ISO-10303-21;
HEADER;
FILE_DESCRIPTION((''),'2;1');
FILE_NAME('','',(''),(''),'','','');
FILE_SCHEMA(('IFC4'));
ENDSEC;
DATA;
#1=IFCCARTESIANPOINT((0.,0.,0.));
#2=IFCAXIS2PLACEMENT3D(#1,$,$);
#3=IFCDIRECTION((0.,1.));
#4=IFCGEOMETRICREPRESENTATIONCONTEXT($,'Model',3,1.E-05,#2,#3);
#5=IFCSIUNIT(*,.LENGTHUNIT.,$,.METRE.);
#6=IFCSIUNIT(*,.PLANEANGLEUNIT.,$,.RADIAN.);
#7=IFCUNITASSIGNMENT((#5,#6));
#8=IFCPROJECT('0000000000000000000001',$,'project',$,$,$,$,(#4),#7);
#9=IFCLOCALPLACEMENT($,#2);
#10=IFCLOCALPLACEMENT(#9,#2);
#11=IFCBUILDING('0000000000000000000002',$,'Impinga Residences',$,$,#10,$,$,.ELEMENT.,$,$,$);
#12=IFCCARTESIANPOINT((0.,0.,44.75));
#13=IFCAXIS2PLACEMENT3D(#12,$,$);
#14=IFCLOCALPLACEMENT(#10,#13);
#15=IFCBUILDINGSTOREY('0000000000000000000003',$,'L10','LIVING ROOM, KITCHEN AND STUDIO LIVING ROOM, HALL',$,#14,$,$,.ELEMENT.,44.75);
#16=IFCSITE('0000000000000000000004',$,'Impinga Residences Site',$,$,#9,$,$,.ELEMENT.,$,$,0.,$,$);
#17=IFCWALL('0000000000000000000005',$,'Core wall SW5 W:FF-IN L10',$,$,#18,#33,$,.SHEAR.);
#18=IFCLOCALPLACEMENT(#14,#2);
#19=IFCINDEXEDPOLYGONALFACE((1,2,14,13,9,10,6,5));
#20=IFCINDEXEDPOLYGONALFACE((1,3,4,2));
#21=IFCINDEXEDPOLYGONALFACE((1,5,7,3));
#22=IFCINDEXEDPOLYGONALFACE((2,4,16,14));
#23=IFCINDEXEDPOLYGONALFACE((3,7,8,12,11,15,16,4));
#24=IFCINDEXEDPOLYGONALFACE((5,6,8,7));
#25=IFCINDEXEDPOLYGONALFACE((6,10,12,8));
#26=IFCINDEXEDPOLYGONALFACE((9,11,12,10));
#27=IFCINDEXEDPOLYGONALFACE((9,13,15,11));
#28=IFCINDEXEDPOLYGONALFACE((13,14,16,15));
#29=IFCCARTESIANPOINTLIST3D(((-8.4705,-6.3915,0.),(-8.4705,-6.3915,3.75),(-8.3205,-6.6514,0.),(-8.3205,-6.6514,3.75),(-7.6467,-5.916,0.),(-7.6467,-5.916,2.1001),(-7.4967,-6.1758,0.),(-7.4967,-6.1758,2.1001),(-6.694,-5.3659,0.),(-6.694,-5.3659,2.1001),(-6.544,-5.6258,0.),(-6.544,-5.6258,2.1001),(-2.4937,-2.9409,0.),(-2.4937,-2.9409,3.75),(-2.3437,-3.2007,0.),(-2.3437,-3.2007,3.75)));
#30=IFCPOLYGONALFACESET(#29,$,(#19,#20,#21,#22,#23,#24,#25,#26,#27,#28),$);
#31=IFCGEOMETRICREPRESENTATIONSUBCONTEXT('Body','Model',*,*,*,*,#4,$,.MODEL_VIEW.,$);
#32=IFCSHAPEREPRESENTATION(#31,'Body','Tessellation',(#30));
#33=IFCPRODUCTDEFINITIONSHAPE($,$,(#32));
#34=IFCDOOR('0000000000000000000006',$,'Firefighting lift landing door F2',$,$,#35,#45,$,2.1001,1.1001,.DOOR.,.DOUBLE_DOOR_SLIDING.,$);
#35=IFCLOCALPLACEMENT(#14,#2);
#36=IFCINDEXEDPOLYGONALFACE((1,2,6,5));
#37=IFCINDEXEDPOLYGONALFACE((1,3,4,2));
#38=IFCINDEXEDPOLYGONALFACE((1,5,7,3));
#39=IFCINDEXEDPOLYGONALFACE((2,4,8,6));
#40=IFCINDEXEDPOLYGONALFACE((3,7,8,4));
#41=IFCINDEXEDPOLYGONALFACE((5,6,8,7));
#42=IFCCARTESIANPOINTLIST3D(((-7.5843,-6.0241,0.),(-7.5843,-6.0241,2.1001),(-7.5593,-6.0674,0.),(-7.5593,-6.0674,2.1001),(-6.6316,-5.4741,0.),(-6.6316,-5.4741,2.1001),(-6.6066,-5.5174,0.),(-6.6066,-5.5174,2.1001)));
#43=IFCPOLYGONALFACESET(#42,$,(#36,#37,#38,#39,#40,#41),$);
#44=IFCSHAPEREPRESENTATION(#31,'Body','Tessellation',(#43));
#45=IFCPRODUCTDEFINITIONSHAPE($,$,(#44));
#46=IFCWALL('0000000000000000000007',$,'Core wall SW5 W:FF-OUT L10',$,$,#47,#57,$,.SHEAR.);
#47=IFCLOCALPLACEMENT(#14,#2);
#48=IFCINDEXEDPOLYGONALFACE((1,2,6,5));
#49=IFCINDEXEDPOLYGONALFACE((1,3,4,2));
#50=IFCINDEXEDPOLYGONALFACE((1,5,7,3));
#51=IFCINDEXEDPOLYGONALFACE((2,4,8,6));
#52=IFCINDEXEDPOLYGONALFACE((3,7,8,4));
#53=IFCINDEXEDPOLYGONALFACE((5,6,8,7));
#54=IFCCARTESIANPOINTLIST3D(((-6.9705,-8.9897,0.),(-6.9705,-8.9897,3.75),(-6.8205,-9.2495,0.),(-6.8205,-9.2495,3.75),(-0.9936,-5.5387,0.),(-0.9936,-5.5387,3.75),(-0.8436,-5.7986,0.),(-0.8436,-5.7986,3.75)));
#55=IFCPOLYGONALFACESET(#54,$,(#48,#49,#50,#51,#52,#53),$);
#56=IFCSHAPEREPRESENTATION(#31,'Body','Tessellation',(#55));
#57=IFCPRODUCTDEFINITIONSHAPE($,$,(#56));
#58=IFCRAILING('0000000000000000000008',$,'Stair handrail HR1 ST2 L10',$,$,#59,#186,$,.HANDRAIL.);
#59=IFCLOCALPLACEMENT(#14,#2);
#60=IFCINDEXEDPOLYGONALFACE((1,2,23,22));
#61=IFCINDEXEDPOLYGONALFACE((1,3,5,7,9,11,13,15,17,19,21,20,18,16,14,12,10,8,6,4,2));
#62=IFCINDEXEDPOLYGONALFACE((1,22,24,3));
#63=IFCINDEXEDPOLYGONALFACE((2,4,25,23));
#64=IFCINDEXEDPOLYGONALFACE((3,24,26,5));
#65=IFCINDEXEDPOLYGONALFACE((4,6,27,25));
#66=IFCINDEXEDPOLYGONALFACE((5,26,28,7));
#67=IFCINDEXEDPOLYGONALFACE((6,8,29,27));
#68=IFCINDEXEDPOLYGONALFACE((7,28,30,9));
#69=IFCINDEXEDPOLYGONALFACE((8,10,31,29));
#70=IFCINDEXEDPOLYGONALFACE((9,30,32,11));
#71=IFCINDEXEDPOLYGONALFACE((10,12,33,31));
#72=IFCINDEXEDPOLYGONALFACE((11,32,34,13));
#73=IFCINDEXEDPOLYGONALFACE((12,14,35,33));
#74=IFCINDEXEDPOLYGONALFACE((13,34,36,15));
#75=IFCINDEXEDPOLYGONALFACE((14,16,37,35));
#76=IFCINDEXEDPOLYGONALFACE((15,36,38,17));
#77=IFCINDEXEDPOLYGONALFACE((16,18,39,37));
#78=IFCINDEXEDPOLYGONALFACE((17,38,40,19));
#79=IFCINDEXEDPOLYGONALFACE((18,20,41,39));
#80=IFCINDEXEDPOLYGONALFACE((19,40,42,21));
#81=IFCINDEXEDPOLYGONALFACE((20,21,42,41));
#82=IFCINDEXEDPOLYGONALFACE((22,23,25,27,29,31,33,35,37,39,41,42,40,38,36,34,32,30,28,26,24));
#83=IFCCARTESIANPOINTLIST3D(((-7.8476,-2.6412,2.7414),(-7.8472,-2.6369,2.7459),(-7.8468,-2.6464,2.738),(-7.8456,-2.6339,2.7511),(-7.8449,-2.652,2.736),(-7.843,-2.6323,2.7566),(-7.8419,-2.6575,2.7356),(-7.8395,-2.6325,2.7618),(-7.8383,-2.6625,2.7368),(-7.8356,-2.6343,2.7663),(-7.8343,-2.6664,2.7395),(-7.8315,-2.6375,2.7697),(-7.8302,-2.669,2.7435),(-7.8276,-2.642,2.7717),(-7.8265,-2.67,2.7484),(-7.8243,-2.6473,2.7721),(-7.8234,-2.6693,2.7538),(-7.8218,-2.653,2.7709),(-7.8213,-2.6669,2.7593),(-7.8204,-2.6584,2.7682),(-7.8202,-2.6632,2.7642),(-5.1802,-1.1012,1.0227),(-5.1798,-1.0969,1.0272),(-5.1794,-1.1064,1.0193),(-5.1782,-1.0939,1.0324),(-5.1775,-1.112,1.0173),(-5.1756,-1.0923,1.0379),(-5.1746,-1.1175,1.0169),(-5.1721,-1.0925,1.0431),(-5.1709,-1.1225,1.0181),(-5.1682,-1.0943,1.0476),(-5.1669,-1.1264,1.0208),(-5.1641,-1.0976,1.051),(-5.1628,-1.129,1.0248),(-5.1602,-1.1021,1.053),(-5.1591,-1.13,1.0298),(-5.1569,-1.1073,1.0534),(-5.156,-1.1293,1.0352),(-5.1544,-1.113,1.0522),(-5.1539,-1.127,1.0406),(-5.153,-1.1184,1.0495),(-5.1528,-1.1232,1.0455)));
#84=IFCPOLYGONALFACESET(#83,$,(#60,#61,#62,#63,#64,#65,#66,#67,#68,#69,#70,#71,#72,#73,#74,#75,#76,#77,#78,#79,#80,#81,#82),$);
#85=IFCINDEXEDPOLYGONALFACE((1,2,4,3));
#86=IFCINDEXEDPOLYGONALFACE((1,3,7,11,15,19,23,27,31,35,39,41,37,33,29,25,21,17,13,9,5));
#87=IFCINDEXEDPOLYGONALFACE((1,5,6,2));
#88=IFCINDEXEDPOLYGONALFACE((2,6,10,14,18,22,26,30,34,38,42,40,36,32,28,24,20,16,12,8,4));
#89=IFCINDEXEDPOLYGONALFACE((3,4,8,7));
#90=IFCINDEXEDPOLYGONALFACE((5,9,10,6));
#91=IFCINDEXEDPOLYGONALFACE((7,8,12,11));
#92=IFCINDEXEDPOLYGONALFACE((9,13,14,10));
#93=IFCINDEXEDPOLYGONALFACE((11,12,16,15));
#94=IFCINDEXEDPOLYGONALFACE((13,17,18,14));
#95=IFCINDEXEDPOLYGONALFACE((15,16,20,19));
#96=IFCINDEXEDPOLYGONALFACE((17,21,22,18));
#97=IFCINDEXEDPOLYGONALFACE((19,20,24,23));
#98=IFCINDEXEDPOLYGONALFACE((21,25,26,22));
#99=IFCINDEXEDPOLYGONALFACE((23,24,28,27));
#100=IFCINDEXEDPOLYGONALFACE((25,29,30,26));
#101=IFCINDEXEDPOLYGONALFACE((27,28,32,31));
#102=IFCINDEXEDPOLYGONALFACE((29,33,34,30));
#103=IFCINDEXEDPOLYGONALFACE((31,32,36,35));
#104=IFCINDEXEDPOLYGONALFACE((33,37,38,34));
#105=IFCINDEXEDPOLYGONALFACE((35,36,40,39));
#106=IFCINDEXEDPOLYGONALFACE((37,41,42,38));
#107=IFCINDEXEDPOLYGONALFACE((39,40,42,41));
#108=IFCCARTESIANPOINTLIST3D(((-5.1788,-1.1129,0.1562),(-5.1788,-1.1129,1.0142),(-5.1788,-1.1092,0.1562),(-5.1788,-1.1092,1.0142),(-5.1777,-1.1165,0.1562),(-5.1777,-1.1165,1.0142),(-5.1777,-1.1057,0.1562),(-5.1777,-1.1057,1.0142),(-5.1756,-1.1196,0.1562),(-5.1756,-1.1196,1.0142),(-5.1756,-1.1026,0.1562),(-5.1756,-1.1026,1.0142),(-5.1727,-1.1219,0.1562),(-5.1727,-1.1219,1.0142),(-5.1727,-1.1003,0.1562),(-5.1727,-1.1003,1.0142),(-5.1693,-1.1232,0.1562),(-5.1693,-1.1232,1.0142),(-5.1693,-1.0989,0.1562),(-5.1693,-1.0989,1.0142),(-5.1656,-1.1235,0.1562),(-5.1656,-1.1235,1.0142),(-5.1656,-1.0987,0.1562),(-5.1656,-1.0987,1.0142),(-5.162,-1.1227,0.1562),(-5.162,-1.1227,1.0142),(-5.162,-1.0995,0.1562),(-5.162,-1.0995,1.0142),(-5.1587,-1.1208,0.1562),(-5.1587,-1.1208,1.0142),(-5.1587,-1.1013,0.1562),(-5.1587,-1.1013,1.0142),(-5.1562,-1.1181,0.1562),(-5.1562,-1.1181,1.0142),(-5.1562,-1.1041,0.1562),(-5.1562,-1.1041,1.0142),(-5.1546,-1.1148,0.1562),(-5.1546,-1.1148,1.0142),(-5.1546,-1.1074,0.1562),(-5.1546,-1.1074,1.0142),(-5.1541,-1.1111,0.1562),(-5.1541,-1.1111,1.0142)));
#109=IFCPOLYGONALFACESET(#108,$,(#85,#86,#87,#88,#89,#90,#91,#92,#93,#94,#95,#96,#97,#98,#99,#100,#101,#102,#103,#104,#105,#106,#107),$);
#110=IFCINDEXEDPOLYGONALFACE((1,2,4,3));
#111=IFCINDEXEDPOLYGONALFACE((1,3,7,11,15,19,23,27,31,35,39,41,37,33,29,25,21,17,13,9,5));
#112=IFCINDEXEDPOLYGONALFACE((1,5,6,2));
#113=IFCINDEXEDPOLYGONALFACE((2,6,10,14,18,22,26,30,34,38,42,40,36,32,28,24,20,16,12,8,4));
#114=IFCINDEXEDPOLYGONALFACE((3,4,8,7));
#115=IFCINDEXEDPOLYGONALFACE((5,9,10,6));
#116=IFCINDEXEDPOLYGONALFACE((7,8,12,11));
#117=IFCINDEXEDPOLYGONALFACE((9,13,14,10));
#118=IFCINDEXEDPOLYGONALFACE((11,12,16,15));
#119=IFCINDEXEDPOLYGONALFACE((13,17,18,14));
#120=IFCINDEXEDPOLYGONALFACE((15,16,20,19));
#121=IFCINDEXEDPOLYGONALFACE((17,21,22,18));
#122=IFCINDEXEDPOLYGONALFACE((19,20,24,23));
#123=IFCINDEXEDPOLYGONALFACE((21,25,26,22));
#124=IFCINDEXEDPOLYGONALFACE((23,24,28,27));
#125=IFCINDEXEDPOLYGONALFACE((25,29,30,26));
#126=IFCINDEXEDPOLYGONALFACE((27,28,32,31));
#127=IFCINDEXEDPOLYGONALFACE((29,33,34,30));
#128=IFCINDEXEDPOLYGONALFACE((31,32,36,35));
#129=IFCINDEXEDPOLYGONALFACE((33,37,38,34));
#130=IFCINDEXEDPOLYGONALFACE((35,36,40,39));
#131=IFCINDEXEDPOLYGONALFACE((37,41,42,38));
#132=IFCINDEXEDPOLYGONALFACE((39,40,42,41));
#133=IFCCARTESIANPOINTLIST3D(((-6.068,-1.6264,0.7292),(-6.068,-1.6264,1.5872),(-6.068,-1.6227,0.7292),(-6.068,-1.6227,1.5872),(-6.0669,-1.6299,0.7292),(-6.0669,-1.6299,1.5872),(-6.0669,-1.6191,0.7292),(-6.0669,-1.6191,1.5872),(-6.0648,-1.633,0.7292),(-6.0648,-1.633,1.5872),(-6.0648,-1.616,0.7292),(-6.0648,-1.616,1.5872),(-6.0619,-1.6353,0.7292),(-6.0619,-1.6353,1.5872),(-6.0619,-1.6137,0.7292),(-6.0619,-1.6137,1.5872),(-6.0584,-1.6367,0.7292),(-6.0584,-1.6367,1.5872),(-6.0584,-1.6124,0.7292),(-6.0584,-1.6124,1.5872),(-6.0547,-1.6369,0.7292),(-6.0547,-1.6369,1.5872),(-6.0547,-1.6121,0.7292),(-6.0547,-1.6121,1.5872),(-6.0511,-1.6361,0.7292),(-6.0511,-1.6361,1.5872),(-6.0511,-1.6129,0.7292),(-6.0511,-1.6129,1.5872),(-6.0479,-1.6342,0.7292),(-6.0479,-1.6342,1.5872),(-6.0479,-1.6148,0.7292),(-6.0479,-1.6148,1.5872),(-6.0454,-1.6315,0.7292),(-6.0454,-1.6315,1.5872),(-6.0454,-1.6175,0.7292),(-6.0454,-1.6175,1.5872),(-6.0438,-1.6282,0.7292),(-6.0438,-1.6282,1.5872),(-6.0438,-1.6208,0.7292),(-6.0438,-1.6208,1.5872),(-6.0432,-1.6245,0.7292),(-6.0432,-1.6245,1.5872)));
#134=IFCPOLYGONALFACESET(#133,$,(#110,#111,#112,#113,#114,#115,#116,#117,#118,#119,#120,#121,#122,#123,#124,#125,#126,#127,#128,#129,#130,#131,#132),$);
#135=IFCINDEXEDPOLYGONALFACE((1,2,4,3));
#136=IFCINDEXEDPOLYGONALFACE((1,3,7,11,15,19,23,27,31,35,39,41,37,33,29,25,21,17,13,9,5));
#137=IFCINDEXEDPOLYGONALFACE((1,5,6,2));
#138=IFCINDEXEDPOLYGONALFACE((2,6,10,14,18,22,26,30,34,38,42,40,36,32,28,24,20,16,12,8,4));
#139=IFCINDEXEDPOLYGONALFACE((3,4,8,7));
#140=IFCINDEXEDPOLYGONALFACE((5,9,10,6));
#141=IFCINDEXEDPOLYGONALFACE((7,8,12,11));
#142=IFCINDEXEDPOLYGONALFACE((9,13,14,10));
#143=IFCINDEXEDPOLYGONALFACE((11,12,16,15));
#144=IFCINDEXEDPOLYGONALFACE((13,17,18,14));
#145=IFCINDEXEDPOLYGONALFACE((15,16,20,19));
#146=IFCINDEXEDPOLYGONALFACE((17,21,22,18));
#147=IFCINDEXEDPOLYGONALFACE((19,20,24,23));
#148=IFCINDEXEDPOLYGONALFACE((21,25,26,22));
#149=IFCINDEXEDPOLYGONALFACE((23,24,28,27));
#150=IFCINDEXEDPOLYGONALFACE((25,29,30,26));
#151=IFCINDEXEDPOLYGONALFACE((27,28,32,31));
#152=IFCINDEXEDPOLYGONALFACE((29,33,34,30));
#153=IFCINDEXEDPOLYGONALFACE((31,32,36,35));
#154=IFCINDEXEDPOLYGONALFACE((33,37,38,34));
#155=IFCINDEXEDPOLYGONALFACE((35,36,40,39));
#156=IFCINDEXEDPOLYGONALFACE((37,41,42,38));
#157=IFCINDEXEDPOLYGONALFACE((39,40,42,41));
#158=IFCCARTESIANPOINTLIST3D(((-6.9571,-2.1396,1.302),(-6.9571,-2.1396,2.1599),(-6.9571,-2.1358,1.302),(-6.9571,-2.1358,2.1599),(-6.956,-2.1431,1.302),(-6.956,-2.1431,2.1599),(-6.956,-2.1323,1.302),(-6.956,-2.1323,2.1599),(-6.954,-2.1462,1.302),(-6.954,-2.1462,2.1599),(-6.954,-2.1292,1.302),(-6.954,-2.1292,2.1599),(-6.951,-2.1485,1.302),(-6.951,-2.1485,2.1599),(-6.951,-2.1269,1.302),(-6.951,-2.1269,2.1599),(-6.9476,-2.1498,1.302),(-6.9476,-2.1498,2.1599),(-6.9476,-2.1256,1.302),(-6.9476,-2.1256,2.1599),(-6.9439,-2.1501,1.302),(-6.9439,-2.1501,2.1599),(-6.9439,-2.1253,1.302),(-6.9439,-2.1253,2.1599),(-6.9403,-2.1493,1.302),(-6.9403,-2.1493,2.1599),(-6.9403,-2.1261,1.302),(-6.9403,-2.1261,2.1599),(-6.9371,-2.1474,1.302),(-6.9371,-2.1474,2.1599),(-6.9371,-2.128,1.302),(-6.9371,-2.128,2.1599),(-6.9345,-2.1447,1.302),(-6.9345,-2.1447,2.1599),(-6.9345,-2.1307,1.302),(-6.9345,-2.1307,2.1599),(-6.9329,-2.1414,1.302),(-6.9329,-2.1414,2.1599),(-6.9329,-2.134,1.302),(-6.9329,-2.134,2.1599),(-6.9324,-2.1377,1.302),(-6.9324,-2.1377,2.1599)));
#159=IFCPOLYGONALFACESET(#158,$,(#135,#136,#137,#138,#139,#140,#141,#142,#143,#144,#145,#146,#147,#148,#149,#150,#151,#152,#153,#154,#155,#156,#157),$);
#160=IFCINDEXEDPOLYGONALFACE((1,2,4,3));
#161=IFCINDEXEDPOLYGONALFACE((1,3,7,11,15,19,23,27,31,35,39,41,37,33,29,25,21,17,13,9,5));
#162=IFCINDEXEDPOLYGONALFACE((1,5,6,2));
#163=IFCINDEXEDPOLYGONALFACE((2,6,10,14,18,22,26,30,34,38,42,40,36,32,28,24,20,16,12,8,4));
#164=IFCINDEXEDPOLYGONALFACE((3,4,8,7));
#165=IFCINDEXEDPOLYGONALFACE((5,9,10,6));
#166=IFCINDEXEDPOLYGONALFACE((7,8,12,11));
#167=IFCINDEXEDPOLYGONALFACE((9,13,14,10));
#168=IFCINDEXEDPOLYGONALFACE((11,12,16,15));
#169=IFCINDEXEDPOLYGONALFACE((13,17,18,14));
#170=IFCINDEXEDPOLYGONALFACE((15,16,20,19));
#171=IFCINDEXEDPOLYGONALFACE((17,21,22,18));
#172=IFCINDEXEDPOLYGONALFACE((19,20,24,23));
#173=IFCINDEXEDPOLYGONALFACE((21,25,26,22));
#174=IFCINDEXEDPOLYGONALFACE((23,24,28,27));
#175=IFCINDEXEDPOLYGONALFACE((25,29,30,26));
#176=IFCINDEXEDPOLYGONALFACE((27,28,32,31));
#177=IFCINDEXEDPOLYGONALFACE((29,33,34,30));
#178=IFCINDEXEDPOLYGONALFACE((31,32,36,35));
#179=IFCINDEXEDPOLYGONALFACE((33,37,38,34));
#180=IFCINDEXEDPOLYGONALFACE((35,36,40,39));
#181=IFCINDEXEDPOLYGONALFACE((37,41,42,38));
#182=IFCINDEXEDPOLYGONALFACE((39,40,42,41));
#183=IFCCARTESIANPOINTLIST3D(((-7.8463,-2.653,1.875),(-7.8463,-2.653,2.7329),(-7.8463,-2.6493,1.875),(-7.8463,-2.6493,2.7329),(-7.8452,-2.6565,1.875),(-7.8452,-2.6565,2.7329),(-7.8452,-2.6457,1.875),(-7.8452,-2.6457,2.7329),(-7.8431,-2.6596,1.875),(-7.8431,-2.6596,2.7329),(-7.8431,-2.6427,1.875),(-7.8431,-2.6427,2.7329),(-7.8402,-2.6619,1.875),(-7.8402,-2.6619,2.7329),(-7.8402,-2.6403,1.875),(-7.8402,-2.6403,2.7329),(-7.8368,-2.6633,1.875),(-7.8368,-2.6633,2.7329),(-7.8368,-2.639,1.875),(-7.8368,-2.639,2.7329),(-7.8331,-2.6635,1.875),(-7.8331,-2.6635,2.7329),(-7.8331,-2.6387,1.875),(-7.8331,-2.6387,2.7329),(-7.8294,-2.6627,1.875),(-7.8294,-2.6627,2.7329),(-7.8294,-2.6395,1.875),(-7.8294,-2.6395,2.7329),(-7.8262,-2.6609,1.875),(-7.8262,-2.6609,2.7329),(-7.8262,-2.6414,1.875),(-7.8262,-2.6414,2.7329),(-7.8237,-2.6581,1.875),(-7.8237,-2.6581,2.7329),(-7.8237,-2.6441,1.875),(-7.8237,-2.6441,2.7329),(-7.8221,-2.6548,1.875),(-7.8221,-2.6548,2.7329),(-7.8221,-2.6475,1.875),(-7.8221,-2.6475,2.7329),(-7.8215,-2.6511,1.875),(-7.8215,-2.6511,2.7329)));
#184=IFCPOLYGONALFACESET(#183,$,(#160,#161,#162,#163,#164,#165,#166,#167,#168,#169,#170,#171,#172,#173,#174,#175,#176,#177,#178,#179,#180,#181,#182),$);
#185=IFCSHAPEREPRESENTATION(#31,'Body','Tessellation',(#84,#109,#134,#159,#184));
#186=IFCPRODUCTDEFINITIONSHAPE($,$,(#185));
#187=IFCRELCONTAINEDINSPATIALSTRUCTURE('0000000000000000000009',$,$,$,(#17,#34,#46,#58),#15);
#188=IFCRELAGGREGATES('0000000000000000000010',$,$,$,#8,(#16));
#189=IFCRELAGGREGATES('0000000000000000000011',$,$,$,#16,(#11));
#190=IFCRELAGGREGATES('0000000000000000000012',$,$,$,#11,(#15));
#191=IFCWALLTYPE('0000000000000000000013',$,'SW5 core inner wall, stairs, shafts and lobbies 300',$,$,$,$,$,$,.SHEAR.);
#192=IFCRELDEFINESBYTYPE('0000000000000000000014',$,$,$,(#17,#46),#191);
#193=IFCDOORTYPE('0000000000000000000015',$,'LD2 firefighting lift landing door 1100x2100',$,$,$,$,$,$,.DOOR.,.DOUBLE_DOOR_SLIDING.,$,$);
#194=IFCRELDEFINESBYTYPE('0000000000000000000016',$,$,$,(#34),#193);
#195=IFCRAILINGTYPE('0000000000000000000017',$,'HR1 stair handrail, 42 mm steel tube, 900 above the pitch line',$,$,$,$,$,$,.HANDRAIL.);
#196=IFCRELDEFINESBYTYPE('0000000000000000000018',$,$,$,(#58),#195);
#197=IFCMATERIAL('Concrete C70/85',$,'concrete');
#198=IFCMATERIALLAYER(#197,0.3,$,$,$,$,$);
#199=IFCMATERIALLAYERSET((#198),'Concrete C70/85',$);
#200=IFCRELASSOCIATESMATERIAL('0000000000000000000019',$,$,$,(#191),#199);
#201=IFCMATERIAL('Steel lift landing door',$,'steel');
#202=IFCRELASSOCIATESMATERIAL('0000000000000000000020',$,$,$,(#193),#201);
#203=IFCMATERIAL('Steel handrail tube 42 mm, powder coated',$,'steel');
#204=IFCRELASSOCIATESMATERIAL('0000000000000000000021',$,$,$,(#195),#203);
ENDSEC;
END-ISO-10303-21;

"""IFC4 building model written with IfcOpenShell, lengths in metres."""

from ifc_helpers import new_model, si_unit, direction, frame, frame_2d, origin, origin_2d, place, context, subcontext, project, spatial, rectangle, circle, extrude, material, layer, layer_set, type_object, element, fill, save


model = new_model("IFC4")

# Units and contexts
model_context = context("Model", 3, precision=1e-05, world=origin(), true_north=direction((0.0, 1.0)))
body_context = subcontext(model_context, "Body", "Model", "MODEL_VIEW")
ifc_project = project(units=[si_unit("LENGTHUNIT", "METRE"), si_unit("PLANEANGLEUNIT", "RADIAN")], contexts=[model_context])

# Site, building, storey
site_placement = place(None, origin())
site = spatial("IfcSite", under=ifc_project, at=site_placement, Name="Impinga Residences Site", CompositionType="ELEMENT", RefElevation=0.0)
building_placement = place(site_placement, origin())
building = spatial("IfcBuilding", under=site, at=building_placement, Name="Impinga Residences", CompositionType="ELEMENT")
storey_placement = place(building_placement, frame((0.0, 0.0, 44.75)))
storey = spatial("IfcBuildingStorey", under=building, at=storey_placement, Name="L10", Description="LIVING ROOM, KITCHEN AND STUDIO LIVING ROOM, HALL", CompositionType="ELEMENT", Elevation=44.75)

# Shared definitions
ifc_material_1 = material(Name="Concrete C70/85", Category="concrete")

# Shared definitions
ifc_layer_1 = layer(ifc_material_1, 0.3)
ifc_layer_set_1 = layer_set([ifc_layer_1], Name="Concrete C70/85")
wall_type_1 = type_object("IfcWallType", Name="SW5 core inner wall, stairs, shafts and lobbies 300", PredefinedType="SHEAR", material=ifc_layer_set_1)

# Wall, opening, door
wall_1_placement = place(storey_placement, frame((-2.4187, -3.0708, 0.0), z_axis=(0.0, 0.0, 1.0), x_axis=(-0.866027, -0.499997, 0.0)))
wall_1 = element("IfcWall", 1, at=wall_1_placement, inside=storey, type_object=wall_type_1, Name="Core wall SW5 W:FF-IN L10", PredefinedType="SHEAR", context=body_context, shape_type="SweptSolid", body=[
    extrude(rectangle(XDim=6.9014, YDim=0.3, at=frame_2d((3.4507, 0.0))), origin(), (0.0, 0.0, 1.0), 3.75),
])
opening_1_placement = place(wall_1_placement, frame((4.8501, 0.0, 0.0)))
opening_1 = element("IfcOpeningElement", 2, at=opening_1_placement, cuts=wall_1, PredefinedType="OPENING", context=body_context, shape_type="SweptSolid", body=[
    extrude(rectangle(XDim=1.1001, YDim=2.1001, at=frame_2d((0.55, 1.05))), frame((0.0, 0.1599, 0.0), z_axis=(0.0, -1.0, 0.0), x_axis=(1.0, 0.0, 0.0)), (0.0, 0.0, 1.0), 0.3201),
])
ifc_material_2 = material(Name="Steel lift landing door", Category="steel")
door_type_1 = type_object("IfcDoorType", Name="LD2 firefighting lift landing door 1100x2100", OperationType="DOUBLE_DOOR_SLIDING", PredefinedType="DOOR", material=ifc_material_2)
door_1_placement = place(opening_1_placement, origin())
door_1 = element("IfcDoor", 3, at=door_1_placement, inside=storey, type_object=door_type_1, Name="Firefighting lift landing door F2", OperationType="DOUBLE_DOOR_SLIDING", OverallHeight=2.1001, OverallWidth=1.1001, PredefinedType="DOOR", context=body_context, shape_type="SweptSolid", body=[
    extrude(rectangle(XDim=1.1001, YDim=2.1001, at=frame_2d((0.55, 1.05))), frame((0.0, 0.0249, 0.0), z_axis=(0.0, -1.0, 0.0), x_axis=(1.0, 0.0, 0.0)), (0.0, 0.0, 1.0), 0.05),
])
fill(opening_1, door_1)

# Wall
wall_2_placement = place(storey_placement, frame((-0.9187, -5.6687, 0.0), z_axis=(0.0, 0.0, 1.0), x_axis=(-0.866012, -0.500024, 0.0)))
element("IfcWall", 4, at=wall_2_placement, inside=storey, type_object=wall_type_1, Name="Core wall SW5 W:FF-OUT L10", PredefinedType="SHEAR", context=body_context, shape_type="SweptSolid", body=[
    extrude(rectangle(XDim=6.9016, YDim=0.3, at=frame_2d((3.4507, 0.0))), origin(), (0.0, 0.0, 1.0), 3.75),
])

# Railing
ifc_material_3 = material(Name="Steel handrail tube 42 mm, powder coated", Category="steel")
railing_type = type_object("IfcRailingType", Name="HR1 stair handrail, 42 mm steel tube, 900 above the pitch line", PredefinedType="HANDRAIL", material=ifc_material_3)
railing_placement = place(storey_placement, frame((-5.1665, -1.1111, 0.1562)))
element("IfcRailing", 5, at=railing_placement, inside=storey, type_object=railing_type, Name="Stair handrail HR1 ST2 L10", PredefinedType="HANDRAIL", context=body_context, shape_type="SweptSolid", body=[
    extrude(circle(Radius=0.021, at=origin_2d()), frame((0.0, 0.0, 0.8789), z_axis=(-0.756256, -0.436616, 0.487282), x_axis=(0.499992, -0.86603, 0.0)), (0.0, 0.0, 1.0), 3.5271),
    extrude(circle(Radius=0.0125, at=origin_2d()), origin(), (0.0, 0.0, 1.0), 0.8579),
    extrude(circle(Radius=0.0125, at=origin_2d()), frame((-0.8892, -0.5134, 0.573)), (0.0, 0.0, 1.0), 0.8579),
    extrude(circle(Radius=0.0125, at=origin_2d()), frame((-1.7783, -1.0266, 1.1458)), (0.0, 0.0, 1.0), 0.8579),
    extrude(circle(Radius=0.0125, at=origin_2d()), frame((-2.6675, -1.54, 1.7188)), (0.0, 0.0, 1.0), 0.8579),
])

save(model, "model.ifc")
